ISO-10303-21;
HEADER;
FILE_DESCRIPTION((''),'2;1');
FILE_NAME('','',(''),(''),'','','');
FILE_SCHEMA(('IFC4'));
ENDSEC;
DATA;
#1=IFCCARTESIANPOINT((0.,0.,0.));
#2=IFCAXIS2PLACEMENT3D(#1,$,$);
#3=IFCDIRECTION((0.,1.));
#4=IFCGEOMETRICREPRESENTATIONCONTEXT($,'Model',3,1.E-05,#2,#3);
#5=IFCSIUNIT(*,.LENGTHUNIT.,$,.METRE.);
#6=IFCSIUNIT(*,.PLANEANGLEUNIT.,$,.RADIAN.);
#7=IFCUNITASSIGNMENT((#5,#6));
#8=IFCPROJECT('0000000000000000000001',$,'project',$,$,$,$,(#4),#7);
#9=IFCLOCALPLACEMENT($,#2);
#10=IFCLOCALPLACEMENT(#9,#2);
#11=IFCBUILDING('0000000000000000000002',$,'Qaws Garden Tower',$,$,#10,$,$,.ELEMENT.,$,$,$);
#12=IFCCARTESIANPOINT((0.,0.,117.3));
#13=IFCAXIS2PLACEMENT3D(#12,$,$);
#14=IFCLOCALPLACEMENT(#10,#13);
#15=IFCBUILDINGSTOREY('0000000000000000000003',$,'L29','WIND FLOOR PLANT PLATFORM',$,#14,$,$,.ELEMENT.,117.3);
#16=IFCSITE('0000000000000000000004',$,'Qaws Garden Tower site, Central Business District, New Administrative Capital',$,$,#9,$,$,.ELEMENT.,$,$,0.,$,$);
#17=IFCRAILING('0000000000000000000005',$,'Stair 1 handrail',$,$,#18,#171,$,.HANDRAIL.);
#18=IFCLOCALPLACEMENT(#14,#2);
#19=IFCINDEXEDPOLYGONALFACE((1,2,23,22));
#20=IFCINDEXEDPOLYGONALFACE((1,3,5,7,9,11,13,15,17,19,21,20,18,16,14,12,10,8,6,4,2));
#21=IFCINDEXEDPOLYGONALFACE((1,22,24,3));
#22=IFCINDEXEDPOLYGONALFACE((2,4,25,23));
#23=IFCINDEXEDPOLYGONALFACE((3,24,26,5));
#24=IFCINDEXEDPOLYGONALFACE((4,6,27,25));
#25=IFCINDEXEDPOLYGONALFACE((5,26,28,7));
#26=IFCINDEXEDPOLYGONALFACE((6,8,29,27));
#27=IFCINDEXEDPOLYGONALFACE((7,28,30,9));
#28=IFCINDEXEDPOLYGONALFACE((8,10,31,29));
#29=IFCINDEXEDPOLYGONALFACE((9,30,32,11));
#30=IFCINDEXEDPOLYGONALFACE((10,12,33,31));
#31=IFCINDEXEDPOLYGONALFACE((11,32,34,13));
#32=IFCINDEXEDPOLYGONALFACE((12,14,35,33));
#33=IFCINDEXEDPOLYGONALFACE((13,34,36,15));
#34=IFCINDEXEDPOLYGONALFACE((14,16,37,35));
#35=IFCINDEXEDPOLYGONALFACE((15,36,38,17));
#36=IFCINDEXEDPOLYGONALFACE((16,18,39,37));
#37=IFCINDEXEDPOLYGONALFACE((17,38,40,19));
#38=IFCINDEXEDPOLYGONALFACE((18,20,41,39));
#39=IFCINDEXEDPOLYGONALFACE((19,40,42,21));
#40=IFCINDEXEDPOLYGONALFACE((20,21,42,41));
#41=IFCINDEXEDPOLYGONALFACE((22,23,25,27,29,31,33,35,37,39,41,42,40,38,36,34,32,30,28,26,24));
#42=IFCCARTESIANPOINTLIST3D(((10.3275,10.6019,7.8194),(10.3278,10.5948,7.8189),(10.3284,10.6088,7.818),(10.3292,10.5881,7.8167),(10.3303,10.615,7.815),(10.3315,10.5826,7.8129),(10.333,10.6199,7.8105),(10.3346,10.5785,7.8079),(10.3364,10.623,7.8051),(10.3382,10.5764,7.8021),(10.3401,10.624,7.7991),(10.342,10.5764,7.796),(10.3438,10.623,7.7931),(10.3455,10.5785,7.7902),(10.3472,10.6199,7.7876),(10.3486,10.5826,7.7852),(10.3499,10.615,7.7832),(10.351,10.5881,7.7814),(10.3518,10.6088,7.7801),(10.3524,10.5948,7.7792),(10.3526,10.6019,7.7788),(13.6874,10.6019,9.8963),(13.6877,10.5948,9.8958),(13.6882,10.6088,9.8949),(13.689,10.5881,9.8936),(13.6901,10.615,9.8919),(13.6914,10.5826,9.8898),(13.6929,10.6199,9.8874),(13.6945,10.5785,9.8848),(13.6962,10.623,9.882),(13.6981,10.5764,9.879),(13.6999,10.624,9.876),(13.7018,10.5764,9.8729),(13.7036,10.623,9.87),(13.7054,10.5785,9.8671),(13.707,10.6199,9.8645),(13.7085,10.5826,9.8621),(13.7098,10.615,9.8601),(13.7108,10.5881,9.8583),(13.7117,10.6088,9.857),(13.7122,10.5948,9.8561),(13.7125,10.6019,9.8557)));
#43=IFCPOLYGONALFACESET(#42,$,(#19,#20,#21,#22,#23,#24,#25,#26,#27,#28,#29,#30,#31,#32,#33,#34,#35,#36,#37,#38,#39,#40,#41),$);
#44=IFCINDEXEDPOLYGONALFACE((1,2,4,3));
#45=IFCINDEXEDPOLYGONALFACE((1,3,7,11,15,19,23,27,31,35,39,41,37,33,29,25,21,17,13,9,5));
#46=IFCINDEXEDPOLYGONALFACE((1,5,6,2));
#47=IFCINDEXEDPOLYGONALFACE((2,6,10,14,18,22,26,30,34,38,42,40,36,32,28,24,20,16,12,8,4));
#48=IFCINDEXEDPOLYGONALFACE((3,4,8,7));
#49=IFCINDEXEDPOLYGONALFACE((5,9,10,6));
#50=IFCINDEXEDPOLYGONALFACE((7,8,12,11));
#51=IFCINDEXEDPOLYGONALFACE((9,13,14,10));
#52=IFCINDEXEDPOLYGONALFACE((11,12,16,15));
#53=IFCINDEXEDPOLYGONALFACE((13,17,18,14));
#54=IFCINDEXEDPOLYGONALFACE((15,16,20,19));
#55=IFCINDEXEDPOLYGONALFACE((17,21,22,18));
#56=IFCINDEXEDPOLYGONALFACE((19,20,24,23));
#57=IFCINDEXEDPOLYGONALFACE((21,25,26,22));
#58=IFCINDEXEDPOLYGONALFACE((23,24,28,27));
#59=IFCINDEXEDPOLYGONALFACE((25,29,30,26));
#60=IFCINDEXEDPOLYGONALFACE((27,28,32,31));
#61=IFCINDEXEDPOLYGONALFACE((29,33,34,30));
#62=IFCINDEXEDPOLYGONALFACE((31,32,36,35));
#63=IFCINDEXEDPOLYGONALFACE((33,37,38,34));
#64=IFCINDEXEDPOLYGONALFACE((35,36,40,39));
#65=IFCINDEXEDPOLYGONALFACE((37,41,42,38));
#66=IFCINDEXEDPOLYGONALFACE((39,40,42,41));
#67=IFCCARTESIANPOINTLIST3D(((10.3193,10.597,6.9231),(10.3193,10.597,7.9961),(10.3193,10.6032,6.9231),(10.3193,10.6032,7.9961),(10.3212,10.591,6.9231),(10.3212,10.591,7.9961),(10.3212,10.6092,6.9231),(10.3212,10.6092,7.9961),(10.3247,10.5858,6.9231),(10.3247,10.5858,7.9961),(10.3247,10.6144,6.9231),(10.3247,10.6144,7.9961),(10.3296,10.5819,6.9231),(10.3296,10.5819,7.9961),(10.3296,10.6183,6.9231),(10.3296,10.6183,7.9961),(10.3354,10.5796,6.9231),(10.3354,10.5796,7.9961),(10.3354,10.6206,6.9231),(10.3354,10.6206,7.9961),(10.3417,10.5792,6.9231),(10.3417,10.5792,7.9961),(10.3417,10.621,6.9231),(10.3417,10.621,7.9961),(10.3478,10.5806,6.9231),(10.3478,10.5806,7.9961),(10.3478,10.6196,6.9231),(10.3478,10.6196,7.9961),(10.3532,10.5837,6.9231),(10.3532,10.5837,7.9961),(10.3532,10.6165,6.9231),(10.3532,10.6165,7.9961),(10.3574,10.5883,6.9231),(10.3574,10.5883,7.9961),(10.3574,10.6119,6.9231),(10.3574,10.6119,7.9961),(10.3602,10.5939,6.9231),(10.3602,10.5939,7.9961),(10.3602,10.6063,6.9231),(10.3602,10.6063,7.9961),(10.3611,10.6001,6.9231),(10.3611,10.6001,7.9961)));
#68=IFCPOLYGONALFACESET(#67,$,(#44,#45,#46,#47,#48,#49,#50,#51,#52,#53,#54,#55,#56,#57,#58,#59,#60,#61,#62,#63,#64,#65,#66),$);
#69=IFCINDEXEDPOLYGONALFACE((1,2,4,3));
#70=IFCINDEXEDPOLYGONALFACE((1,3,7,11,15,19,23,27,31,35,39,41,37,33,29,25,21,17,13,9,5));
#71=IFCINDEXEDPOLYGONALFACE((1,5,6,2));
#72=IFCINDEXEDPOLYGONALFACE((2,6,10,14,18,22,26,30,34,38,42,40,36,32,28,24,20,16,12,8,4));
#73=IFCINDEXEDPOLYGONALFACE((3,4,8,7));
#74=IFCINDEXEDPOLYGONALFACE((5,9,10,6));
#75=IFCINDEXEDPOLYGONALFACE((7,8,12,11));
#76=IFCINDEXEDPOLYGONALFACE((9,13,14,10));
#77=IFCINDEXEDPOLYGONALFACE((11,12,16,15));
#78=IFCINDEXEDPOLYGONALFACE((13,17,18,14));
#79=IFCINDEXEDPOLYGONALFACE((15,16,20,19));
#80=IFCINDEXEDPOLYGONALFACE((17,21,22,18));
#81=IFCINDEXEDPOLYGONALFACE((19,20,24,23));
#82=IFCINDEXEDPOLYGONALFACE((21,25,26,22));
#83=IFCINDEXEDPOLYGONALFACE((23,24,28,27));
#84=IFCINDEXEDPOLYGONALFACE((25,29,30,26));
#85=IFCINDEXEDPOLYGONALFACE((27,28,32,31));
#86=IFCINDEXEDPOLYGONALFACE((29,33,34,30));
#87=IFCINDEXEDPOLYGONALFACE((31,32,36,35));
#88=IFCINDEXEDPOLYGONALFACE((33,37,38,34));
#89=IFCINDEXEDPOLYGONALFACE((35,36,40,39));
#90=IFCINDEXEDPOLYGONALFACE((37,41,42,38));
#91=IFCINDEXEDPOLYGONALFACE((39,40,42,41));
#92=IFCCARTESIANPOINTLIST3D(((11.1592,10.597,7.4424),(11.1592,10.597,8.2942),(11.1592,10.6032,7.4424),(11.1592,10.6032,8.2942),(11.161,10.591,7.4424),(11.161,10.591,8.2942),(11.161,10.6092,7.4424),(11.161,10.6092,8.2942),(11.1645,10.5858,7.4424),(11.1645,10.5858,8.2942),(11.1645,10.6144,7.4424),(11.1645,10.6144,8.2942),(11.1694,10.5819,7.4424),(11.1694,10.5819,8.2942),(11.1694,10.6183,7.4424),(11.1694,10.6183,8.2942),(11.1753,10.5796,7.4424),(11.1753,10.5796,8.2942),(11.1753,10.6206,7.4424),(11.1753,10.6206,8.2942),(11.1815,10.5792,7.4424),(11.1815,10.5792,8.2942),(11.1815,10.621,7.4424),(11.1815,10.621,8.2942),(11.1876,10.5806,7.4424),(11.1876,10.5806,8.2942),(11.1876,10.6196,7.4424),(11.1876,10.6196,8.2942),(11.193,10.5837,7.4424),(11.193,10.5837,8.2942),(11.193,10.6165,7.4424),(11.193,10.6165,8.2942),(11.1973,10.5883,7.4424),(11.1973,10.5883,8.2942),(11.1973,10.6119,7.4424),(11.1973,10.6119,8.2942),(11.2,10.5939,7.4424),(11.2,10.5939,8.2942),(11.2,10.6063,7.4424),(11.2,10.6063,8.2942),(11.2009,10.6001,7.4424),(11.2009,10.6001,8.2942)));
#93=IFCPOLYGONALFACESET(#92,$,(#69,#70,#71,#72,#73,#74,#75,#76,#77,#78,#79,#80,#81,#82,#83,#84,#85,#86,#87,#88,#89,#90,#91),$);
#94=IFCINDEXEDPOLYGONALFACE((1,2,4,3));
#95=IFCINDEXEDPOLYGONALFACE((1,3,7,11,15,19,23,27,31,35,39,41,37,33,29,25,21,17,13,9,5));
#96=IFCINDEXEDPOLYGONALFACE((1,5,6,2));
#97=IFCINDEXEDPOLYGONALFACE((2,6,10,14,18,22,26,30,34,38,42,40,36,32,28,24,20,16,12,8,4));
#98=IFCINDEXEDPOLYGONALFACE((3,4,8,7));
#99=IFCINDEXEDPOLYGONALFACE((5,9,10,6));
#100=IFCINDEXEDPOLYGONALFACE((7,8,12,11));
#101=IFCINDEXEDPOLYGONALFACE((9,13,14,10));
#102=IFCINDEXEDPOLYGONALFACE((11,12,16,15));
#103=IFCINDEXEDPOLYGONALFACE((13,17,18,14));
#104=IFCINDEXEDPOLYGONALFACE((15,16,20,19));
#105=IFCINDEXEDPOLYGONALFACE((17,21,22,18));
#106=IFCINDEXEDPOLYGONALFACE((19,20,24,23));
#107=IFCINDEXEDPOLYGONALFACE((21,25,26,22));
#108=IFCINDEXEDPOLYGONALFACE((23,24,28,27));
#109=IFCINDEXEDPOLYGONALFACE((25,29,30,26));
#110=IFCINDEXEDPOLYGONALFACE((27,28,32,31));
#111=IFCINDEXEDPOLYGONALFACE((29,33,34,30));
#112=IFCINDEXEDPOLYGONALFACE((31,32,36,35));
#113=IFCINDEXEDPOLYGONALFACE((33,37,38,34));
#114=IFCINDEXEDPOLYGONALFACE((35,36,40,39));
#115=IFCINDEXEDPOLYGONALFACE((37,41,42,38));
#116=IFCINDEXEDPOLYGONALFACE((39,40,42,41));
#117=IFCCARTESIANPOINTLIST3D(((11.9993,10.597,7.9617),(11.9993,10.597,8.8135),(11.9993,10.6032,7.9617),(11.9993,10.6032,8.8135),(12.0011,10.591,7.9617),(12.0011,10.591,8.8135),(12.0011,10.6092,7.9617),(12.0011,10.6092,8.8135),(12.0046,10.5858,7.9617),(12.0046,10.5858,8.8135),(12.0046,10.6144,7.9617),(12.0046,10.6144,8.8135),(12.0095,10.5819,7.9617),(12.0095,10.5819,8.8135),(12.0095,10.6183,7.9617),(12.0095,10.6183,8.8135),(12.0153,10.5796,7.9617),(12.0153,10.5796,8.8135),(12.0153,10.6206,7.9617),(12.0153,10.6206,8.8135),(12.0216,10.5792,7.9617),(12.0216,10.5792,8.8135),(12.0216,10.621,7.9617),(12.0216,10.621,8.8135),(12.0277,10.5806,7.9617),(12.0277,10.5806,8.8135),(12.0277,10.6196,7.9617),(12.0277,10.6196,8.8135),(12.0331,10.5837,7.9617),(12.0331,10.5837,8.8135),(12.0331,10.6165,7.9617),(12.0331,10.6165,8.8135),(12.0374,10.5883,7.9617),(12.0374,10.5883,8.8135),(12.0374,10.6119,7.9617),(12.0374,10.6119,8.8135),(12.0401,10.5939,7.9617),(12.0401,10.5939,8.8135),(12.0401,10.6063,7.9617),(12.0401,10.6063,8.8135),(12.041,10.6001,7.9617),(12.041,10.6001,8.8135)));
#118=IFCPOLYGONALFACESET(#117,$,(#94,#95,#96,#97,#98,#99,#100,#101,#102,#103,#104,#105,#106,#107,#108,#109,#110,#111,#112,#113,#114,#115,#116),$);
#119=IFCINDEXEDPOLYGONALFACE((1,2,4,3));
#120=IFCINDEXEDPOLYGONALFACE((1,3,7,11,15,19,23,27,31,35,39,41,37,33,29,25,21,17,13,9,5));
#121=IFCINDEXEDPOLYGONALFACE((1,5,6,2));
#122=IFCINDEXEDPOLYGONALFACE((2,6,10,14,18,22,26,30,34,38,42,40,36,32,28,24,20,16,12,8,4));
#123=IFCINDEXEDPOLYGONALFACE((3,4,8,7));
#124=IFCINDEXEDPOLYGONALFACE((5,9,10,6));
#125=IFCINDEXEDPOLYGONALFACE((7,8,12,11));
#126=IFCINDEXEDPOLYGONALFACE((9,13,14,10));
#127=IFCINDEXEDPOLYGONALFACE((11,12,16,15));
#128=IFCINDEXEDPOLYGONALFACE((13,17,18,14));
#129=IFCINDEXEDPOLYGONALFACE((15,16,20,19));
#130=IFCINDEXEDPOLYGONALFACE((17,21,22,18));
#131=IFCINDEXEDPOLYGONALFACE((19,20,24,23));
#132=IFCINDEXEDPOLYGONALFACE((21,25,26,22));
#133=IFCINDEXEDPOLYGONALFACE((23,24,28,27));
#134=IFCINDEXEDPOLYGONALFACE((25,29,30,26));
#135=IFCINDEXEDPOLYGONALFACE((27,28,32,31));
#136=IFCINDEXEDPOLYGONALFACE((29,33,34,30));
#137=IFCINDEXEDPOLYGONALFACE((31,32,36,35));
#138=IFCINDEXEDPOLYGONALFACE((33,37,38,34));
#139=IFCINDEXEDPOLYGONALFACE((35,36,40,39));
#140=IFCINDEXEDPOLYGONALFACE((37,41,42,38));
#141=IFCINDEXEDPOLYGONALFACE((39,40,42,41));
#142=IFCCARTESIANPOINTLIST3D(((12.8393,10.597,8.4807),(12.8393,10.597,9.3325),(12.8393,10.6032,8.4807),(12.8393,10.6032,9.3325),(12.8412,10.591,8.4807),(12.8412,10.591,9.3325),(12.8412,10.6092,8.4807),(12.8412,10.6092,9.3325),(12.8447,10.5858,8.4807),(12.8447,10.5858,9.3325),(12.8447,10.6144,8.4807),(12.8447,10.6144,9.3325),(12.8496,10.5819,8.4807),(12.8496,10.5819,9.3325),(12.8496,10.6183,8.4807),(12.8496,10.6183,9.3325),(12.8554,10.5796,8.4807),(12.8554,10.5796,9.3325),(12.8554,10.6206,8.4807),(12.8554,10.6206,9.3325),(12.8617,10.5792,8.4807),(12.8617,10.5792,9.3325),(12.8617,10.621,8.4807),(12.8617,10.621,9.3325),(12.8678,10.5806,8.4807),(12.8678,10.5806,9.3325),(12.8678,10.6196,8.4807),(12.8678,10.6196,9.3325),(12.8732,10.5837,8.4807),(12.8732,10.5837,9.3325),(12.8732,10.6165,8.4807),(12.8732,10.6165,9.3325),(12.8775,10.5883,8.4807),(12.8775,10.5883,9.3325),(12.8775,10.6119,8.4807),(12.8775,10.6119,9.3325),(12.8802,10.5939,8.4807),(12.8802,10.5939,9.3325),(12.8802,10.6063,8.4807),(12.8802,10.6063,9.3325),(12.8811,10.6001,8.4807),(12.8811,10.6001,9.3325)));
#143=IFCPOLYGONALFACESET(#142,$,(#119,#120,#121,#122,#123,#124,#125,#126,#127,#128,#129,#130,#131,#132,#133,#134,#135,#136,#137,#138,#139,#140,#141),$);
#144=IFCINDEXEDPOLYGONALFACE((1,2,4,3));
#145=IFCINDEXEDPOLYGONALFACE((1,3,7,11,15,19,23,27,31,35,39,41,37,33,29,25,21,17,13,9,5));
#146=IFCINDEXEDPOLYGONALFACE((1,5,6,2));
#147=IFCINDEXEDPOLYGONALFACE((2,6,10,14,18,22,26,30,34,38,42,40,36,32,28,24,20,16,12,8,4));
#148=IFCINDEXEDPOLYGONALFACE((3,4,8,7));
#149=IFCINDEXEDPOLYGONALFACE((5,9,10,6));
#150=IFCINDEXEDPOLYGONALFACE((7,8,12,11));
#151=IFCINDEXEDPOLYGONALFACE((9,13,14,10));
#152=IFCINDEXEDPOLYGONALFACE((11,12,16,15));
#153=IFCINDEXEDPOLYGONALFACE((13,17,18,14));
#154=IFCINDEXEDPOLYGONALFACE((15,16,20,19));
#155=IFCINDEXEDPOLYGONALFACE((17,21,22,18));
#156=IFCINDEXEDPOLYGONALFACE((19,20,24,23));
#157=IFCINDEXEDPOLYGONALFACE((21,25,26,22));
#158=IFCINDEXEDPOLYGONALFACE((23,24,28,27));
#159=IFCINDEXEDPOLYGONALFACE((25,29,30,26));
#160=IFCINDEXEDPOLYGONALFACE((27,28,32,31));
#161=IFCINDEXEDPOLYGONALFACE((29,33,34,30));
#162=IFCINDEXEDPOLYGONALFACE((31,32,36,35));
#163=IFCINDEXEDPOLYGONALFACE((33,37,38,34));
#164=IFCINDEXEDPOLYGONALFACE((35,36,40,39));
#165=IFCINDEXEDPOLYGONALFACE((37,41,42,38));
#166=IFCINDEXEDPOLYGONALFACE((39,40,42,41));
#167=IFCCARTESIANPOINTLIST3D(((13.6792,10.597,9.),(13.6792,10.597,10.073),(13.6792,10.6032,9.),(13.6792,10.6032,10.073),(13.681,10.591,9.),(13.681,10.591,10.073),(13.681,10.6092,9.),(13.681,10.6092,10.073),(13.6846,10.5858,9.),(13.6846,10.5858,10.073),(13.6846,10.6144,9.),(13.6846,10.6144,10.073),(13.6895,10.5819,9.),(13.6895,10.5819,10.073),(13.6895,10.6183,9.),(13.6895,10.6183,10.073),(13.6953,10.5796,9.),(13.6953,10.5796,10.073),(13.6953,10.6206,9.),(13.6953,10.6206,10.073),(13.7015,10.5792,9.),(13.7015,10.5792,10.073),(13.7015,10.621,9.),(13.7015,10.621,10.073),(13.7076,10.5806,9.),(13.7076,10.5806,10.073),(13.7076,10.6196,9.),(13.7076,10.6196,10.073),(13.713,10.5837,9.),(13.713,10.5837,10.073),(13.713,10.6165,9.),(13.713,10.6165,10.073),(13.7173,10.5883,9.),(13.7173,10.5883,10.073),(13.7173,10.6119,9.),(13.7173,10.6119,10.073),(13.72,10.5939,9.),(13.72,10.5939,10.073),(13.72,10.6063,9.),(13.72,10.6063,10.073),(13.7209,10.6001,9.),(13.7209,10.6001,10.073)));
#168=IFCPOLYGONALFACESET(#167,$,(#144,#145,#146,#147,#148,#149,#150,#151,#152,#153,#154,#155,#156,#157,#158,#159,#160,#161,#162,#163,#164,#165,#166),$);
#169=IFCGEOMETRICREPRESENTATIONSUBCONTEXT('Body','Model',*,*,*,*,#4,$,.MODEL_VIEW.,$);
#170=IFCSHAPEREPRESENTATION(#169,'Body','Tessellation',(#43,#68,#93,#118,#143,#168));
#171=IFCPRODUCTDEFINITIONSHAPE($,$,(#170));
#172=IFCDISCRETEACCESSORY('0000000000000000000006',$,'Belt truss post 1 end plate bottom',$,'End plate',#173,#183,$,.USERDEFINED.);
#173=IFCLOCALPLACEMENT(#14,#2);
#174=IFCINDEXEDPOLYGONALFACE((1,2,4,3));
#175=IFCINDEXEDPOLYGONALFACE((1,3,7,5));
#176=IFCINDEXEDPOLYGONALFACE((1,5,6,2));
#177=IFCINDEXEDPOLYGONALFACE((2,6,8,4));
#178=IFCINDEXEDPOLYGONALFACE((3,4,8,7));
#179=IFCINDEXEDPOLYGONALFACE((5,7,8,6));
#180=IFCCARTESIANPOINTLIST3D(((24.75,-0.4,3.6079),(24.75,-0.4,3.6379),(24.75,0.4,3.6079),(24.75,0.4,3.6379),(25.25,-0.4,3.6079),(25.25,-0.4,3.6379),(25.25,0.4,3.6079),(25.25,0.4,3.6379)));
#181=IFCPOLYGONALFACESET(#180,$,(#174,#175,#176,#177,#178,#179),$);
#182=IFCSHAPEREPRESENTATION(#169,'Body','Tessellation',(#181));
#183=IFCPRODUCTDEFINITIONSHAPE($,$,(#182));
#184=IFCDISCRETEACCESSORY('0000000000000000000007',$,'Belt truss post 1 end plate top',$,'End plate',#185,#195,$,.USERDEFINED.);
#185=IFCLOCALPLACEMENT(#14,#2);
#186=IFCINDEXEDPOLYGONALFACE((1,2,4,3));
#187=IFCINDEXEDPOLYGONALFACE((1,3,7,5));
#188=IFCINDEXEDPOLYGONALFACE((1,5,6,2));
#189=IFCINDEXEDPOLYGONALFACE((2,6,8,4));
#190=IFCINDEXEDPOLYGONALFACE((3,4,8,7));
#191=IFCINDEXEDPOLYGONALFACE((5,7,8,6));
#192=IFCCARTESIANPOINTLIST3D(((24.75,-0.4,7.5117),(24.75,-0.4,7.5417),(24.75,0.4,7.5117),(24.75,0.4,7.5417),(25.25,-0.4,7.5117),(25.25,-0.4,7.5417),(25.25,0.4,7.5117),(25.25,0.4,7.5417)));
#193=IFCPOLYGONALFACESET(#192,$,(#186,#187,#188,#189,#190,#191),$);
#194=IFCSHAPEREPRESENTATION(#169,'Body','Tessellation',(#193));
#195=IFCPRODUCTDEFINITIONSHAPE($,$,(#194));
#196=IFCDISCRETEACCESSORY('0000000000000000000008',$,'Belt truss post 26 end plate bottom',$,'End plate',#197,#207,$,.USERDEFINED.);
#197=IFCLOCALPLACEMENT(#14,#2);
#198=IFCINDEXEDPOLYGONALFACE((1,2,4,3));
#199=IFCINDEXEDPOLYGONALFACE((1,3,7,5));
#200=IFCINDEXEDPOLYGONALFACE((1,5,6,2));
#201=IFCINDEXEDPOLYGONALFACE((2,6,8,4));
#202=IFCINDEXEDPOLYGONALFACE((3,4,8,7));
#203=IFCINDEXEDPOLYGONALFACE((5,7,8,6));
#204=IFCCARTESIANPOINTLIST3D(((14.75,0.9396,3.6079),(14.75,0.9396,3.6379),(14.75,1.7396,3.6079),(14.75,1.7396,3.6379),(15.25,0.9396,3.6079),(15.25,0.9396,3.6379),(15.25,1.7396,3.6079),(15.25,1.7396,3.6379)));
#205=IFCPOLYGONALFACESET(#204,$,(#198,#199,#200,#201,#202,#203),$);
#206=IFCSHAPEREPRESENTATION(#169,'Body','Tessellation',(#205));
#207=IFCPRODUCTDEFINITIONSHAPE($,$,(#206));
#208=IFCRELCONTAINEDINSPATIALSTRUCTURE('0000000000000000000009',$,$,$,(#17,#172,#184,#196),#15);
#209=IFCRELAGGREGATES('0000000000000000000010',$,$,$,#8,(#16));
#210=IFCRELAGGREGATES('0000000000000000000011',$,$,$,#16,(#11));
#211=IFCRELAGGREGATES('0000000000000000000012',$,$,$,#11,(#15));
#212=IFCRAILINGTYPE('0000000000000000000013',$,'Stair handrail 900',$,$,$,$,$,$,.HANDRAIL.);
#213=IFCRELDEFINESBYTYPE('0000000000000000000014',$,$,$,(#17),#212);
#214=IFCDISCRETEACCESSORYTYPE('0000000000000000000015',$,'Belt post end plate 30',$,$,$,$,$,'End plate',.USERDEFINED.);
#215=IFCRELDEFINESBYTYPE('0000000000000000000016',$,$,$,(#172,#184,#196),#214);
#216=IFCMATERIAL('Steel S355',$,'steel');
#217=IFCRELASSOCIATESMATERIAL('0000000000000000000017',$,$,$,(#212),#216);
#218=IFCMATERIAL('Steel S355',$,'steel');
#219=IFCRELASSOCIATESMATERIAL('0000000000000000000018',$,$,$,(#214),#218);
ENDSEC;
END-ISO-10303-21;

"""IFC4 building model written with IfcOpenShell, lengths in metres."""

from ifc_helpers import new_model, si_unit, direction, frame, origin, origin_2d, place, context, subcontext, project, spatial, rectangle, circle, extrude, material, type_object, element, save


model = new_model("IFC4")

# Units and contexts
model_context = context("Model", 3, precision=1e-05, world=origin(), true_north=direction((0.0, 1.0)))
body_context = subcontext(model_context, "Body", "Model", "MODEL_VIEW")
ifc_project = project(units=[si_unit("LENGTHUNIT", "METRE"), si_unit("PLANEANGLEUNIT", "RADIAN")], contexts=[model_context])

# Site, building, storey
site_placement = place(None, origin())
site = spatial("IfcSite", under=ifc_project, at=site_placement, Name="Qaws Garden Tower site, Central Business District, New Administrative Capital", CompositionType="ELEMENT", RefElevation=0.0)
building_placement = place(site_placement, origin())
building = spatial("IfcBuilding", under=site, at=building_placement, Name="Qaws Garden Tower", CompositionType="ELEMENT")
storey_placement = place(building_placement, frame((0.0, 0.0, 117.3)))
storey = spatial("IfcBuildingStorey", under=building, at=storey_placement, Name="L29", Description="WIND FLOOR PLANT PLATFORM", CompositionType="ELEMENT", Elevation=117.3)

# Shared definitions
placement_1 = place(storey_placement, frame((25.0, 0.0, 3.6079), z_axis=(0.0, 0.0, 1.0), x_axis=(1.0, 0.0, 0.0)))
placement_2 = place(storey_placement, frame((15.0, 1.3396, 3.6079), z_axis=(0.0, 0.0, 1.0), x_axis=(1.0, 0.0, 0.0)))

# Railing
ifc_material_1 = material(Name="Steel S355", Category="steel")
railing_type_1 = type_object("IfcRailingType", Name="Stair handrail 900", PredefinedType="HANDRAIL", material=ifc_material_1)
railing_1_placement = place(storey_placement, frame((10.3401, 10.6001, 6.9231)))
element("IfcRailing", 1, at=railing_1_placement, inside=storey, type_object=railing_type_1, Name="Stair 1 handrail", PredefinedType="HANDRAIL", context=body_context, shape_type="SweptSolid", body=[
    extrude(circle(Radius=0.0239, at=origin_2d()), frame((0.0, 0.0, 0.876), z_axis=(0.850606, 0.0, 0.525803), x_axis=(0.0, 1.0, 0.0)), (0.0, 0.0, 1.0), 3.95),
    extrude(circle(Radius=0.021, at=origin_2d()), origin(), (0.0, 0.0, 1.0), 1.073),
    extrude(circle(Radius=0.021, at=origin_2d()), frame((0.8398, 0.0, 0.5193)), (0.0, 0.0, 1.0), 0.8518),
    extrude(circle(Radius=0.021, at=origin_2d()), frame((1.6799, 0.0, 1.0386)), (0.0, 0.0, 1.0), 0.8518),
    extrude(circle(Radius=0.021, at=origin_2d()), frame((2.52, 0.0, 1.5576)), (0.0, 0.0, 1.0), 0.8518),
    extrude(circle(Radius=0.021, at=origin_2d()), frame((3.3599, 0.0, 2.0769)), (0.0, 0.0, 1.0), 1.073),
])

# Discrete accessories
ifc_material_2 = material(Name="Steel S355", Category="steel")
discrete_accessory_type = type_object("IfcDiscreteAccessoryType", Name="Belt post end plate 30", ElementType="End plate", PredefinedType="USERDEFINED", material=ifc_material_2)
element("IfcDiscreteAccessory", 2, at=placement_1, inside=storey, type_object=discrete_accessory_type, Name="Belt truss post 1 end plate bottom", ObjectType="End plate", PredefinedType="USERDEFINED", context=body_context, shape_type="SweptSolid", body=[
    extrude(rectangle(XDim=0.5, YDim=0.8, at=origin_2d()), origin(), (0.0, 0.0, 1.0), 0.03),
])
discrete_accessory_1_placement = place(storey_placement, frame((25.0, 0.0, 7.5117), z_axis=(0.0, 0.0, 1.0), x_axis=(1.0, 0.0, 0.0)))
element("IfcDiscreteAccessory", 3, at=discrete_accessory_1_placement, inside=storey, type_object=discrete_accessory_type, Name="Belt truss post 1 end plate top", ObjectType="End plate", PredefinedType="USERDEFINED", context=body_context, shape_type="SweptSolid", body=[
    extrude(rectangle(XDim=0.5, YDim=0.8, at=origin_2d()), origin(), (0.0, 0.0, 1.0), 0.03),
])
element("IfcDiscreteAccessory", 4, at=placement_2, inside=storey, type_object=discrete_accessory_type, Name="Belt truss post 26 end plate bottom", ObjectType="End plate", PredefinedType="USERDEFINED", context=body_context, shape_type="SweptSolid", body=[
    extrude(rectangle(XDim=0.5, YDim=0.8, at=origin_2d()), origin(), (0.0, 0.0, 1.0), 0.03),
])

save(model, "model.ifc")
